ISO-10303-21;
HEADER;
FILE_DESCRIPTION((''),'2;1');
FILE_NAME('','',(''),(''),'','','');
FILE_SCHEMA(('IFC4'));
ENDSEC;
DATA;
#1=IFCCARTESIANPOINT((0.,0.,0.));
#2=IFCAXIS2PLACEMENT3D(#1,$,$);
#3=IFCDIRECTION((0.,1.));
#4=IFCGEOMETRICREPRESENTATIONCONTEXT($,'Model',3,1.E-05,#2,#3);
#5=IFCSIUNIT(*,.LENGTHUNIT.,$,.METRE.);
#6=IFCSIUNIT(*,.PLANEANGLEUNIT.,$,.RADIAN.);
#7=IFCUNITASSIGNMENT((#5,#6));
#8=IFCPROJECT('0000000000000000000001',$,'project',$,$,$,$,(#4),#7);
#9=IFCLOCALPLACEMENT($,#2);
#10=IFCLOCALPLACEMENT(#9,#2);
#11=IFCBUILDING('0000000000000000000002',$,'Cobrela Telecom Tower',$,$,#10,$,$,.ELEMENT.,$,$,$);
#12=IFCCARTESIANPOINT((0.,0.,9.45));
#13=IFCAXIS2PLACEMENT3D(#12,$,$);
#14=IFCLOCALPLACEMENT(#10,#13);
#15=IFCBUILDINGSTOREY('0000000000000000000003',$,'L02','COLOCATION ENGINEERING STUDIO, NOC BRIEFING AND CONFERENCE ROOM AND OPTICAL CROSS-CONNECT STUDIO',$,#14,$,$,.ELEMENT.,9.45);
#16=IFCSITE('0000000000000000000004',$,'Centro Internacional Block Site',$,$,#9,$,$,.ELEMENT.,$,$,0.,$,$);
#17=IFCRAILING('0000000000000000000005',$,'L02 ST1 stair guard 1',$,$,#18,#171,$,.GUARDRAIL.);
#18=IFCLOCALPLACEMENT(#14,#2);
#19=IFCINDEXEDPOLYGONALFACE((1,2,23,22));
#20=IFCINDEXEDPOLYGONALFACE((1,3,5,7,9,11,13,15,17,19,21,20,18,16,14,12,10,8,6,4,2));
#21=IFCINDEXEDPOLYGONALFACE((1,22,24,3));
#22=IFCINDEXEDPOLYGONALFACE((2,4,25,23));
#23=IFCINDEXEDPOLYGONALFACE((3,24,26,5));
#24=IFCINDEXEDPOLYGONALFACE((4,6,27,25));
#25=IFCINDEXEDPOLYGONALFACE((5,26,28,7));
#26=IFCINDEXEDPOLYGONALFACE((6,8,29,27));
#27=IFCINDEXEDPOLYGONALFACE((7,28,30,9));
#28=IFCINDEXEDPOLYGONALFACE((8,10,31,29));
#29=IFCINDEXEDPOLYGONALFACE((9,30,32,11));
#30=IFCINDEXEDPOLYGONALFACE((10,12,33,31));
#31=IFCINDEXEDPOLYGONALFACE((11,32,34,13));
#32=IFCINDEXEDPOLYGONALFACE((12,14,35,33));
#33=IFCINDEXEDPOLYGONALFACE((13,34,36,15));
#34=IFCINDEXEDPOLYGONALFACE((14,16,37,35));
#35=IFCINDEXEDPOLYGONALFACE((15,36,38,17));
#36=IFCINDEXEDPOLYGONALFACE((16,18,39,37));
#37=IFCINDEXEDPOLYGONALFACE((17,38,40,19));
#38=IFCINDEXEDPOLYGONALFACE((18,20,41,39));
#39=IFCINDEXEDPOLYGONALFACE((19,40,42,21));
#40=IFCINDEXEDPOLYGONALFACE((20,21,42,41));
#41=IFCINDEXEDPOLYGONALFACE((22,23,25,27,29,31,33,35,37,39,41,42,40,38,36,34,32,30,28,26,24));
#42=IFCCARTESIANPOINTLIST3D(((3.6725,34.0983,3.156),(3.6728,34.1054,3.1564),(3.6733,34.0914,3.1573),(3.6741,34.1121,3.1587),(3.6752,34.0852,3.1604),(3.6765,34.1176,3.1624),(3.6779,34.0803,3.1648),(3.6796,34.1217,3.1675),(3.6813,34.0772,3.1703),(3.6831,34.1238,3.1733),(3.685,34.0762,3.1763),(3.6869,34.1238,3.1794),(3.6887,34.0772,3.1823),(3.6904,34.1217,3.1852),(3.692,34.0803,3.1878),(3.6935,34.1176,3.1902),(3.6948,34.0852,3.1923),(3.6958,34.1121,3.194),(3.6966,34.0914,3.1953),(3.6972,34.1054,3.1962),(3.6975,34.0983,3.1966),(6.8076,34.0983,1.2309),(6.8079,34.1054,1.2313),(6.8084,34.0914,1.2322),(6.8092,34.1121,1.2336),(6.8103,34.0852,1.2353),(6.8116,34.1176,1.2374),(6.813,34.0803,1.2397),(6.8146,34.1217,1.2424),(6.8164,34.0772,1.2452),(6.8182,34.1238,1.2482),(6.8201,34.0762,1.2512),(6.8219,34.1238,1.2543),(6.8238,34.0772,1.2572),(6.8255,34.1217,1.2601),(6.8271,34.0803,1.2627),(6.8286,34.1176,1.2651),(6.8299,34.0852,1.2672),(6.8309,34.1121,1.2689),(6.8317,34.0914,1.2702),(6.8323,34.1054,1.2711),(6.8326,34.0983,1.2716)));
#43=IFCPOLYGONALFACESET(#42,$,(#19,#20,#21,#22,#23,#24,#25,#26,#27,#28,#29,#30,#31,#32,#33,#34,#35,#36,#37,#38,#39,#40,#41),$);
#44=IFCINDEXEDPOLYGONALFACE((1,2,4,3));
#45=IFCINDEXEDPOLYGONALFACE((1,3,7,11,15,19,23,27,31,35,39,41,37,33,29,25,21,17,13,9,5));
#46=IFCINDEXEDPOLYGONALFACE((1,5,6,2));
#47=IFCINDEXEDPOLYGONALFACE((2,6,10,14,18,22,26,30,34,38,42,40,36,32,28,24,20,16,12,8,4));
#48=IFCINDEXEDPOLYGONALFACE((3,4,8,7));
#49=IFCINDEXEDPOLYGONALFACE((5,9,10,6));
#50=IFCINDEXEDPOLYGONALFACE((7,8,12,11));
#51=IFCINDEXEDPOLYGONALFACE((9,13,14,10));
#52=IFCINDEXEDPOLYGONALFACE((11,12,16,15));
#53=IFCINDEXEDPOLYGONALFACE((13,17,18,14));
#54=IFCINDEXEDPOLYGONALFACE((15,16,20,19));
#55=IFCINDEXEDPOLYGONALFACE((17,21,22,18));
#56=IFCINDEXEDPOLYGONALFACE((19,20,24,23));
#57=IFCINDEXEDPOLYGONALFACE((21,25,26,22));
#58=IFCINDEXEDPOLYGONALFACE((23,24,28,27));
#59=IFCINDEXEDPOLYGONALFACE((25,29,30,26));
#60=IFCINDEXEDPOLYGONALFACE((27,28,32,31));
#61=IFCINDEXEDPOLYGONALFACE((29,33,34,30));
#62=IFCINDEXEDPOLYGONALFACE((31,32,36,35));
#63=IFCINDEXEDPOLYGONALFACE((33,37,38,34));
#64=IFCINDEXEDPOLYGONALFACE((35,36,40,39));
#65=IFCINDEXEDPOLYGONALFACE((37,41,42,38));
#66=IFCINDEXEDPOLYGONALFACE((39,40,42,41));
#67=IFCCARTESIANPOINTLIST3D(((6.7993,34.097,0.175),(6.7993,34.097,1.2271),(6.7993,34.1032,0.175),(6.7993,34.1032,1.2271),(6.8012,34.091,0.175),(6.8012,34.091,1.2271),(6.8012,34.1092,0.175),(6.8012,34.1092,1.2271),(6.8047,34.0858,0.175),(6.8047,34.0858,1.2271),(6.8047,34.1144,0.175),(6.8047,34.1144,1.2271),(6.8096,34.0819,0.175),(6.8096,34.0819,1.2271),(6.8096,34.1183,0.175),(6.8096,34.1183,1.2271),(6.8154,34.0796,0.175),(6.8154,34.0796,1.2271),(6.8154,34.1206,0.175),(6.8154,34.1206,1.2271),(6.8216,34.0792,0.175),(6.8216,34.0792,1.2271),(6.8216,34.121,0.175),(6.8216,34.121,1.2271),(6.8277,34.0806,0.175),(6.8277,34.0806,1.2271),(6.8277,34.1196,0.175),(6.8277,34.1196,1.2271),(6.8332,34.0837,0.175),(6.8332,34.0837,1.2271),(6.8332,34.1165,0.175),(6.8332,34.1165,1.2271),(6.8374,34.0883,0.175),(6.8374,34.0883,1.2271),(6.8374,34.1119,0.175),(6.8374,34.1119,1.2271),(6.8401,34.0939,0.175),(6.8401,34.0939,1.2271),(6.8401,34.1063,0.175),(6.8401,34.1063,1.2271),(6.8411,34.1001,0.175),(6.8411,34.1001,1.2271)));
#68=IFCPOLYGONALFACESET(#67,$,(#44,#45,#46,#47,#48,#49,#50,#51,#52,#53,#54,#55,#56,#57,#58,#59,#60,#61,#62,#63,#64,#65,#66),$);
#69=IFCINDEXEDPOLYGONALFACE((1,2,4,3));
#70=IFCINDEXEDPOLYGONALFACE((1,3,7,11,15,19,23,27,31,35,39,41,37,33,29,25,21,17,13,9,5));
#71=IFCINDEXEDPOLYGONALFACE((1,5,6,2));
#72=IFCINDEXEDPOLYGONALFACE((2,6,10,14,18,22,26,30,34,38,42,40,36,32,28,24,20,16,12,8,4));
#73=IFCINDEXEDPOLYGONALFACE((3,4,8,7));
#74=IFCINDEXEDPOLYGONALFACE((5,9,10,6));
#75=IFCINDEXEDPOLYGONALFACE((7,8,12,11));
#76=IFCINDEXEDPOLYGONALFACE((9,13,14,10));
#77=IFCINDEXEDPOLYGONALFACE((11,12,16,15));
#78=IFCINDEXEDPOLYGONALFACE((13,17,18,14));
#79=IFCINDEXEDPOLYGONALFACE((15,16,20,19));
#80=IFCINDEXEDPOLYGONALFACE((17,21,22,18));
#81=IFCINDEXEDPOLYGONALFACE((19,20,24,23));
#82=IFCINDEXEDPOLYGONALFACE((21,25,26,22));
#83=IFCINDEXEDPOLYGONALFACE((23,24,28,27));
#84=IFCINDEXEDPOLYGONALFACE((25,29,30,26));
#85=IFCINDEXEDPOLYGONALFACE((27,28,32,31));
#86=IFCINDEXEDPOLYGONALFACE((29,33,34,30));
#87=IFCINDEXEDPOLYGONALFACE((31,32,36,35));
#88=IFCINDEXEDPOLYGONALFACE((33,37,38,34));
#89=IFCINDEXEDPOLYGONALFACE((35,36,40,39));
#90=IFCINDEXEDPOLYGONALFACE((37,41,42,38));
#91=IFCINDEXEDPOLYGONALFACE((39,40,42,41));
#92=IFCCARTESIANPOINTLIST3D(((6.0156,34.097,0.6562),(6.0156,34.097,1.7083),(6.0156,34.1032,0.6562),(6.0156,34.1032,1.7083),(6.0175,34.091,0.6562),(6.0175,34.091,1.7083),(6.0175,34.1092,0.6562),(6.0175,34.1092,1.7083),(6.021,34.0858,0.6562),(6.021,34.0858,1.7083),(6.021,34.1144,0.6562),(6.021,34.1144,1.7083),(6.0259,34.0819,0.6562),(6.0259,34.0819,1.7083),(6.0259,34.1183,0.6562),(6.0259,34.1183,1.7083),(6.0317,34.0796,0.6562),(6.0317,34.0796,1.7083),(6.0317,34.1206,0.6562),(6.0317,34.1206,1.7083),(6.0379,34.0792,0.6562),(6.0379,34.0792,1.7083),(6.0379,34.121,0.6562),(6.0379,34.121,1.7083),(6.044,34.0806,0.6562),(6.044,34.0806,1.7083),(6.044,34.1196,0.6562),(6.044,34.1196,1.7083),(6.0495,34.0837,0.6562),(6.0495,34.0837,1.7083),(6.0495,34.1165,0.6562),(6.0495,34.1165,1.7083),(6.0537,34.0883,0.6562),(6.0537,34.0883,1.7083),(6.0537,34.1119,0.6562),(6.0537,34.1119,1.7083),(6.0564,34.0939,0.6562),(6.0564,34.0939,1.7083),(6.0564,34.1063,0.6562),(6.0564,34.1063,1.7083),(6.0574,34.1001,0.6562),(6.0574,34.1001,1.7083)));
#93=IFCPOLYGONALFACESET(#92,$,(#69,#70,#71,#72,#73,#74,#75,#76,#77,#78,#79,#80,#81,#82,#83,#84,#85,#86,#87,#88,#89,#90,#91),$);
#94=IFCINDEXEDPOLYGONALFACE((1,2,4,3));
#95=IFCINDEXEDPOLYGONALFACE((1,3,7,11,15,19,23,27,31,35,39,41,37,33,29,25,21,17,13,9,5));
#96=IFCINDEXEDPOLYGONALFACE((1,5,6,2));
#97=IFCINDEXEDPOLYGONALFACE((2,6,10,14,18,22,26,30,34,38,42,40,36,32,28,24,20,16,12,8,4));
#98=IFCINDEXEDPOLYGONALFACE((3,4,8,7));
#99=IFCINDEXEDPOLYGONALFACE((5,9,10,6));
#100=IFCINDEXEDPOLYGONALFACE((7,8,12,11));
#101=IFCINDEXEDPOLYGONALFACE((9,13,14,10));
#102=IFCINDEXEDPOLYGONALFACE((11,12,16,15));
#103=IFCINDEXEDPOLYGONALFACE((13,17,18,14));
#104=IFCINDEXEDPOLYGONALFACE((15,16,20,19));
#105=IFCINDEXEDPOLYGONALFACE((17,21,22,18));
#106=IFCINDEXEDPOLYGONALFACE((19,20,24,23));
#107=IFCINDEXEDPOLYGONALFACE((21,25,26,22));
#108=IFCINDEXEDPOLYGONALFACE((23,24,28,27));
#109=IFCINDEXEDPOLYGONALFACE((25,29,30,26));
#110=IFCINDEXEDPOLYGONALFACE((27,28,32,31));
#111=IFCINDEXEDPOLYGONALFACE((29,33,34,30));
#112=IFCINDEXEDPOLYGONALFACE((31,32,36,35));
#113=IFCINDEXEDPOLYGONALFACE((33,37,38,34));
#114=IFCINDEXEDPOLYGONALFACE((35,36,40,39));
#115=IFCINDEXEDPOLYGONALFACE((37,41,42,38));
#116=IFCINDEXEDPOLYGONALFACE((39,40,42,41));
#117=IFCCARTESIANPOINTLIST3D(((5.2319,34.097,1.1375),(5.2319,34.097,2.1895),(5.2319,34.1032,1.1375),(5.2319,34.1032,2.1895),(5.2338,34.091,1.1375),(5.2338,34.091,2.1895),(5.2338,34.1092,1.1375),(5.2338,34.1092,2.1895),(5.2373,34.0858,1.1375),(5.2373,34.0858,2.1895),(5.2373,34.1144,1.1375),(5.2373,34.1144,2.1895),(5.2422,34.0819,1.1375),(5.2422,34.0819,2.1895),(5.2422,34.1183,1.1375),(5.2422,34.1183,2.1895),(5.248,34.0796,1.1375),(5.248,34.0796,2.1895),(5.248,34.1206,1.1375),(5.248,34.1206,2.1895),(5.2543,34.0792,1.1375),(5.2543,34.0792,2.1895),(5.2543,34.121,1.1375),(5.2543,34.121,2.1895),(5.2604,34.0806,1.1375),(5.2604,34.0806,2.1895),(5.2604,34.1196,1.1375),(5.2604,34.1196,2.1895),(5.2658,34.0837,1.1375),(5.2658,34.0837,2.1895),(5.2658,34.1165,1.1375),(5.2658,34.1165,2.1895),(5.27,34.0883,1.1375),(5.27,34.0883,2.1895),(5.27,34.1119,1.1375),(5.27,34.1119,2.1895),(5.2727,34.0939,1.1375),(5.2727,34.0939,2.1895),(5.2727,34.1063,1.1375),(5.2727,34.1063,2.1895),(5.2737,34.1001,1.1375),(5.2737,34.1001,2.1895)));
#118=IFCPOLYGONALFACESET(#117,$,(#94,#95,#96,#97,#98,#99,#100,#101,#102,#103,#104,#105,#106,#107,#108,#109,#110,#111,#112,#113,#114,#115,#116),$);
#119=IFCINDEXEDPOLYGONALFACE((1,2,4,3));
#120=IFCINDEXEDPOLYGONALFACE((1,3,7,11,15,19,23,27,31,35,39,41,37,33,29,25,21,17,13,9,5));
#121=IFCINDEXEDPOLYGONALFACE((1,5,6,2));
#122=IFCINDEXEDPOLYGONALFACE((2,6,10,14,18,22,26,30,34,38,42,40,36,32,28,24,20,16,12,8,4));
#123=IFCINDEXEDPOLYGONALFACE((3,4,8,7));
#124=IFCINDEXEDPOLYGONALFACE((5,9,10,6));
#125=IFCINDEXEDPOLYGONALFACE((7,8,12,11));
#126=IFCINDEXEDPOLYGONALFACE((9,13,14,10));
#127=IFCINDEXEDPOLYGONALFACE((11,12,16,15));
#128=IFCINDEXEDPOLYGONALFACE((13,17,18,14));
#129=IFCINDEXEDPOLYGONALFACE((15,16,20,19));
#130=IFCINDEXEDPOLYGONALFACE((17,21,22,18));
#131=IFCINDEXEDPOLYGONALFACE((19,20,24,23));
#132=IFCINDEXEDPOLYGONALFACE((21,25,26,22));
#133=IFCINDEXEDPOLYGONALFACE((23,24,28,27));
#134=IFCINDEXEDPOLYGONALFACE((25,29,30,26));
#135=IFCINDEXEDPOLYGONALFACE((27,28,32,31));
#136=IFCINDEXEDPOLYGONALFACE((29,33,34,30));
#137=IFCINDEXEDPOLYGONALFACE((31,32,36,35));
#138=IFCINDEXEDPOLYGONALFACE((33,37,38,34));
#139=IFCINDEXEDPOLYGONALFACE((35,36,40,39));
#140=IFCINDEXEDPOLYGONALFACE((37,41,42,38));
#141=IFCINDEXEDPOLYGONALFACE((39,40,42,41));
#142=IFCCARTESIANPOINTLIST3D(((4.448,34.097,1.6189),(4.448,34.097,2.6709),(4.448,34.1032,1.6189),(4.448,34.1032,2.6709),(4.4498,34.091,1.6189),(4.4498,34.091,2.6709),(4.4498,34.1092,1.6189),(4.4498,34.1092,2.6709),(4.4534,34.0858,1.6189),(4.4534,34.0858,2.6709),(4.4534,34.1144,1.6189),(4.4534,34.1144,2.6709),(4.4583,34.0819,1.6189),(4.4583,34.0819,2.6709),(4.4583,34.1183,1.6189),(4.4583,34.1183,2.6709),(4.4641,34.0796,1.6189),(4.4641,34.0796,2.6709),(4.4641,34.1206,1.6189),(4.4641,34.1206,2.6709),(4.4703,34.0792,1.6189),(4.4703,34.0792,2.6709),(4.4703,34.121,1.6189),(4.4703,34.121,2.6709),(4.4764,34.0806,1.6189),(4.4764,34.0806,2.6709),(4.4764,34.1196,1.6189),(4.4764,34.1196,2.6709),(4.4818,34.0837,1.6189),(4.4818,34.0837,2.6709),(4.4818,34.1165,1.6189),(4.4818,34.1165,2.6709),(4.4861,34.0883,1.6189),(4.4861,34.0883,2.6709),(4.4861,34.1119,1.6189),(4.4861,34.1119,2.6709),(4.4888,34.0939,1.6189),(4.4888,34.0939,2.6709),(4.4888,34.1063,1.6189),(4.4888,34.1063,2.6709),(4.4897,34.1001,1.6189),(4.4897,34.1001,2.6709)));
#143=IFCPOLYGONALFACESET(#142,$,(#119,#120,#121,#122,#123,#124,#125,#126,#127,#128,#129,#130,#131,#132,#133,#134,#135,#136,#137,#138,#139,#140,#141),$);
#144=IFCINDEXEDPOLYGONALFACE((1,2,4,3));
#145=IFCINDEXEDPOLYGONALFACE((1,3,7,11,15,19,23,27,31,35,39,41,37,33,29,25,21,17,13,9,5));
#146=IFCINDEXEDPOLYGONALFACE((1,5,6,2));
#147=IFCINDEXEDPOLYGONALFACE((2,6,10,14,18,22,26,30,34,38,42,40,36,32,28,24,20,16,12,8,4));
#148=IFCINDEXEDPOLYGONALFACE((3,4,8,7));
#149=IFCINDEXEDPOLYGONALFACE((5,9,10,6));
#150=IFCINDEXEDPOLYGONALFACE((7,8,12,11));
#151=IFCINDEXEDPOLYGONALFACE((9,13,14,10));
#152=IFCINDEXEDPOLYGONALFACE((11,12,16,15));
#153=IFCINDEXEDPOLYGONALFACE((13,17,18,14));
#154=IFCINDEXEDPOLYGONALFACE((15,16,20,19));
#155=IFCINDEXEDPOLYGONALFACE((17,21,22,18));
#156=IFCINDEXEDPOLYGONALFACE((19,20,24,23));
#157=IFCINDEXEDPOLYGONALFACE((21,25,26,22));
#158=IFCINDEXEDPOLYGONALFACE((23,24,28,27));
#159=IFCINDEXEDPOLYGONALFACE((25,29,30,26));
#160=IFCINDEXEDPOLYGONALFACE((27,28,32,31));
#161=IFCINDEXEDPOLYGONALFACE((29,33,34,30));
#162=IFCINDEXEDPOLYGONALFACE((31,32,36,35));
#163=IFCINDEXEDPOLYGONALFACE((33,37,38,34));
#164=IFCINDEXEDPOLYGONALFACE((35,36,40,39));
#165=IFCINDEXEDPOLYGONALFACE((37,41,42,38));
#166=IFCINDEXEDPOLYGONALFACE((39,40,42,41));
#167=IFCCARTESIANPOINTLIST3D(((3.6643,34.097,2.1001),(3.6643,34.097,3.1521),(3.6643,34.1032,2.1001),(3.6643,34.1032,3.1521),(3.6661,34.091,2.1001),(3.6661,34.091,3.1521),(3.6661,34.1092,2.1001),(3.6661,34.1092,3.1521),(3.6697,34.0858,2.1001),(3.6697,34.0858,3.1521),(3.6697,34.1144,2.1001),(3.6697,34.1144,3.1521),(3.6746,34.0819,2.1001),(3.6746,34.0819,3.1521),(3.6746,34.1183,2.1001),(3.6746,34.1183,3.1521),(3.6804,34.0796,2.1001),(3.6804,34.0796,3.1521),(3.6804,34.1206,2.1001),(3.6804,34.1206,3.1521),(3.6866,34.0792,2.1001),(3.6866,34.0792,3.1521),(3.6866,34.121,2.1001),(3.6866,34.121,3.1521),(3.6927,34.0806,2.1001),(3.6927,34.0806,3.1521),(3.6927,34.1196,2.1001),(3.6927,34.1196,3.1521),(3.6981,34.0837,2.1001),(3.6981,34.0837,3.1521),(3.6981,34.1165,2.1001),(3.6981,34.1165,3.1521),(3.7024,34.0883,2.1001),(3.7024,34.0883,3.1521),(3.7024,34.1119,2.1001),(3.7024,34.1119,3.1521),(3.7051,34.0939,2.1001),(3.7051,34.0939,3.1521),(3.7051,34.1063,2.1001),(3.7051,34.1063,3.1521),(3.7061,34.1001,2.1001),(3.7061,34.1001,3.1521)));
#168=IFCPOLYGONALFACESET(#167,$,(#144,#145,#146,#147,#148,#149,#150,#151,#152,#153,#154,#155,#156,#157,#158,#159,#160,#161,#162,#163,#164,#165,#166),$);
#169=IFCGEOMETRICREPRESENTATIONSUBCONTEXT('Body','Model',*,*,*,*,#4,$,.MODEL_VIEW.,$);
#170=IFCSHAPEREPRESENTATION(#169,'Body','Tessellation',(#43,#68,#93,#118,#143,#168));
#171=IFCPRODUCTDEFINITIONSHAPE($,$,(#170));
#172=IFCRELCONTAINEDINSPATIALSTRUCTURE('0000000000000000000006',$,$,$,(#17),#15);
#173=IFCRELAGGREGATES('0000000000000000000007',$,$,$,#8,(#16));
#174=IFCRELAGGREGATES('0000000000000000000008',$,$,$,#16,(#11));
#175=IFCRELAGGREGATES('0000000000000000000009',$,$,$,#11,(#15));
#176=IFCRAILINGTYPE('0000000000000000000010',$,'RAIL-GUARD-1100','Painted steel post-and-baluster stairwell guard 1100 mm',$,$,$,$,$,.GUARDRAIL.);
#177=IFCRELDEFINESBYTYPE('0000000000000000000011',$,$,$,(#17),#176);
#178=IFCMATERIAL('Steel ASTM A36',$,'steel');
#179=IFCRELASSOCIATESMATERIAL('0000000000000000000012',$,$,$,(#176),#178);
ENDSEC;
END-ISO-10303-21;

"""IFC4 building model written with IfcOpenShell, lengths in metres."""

from ifc_helpers import new_model, si_unit, direction, frame, origin, origin_2d, place, context, subcontext, project, spatial, circle, extrude, material, type_object, element, save


model = new_model("IFC4")

# Units and contexts
model_context = context("Model", 3, precision=1e-05, world=origin(), true_north=direction((0.0, 1.0)))
body_context = subcontext(model_context, "Body", "Model", "MODEL_VIEW")
ifc_project = project(units=[si_unit("LENGTHUNIT", "METRE"), si_unit("PLANEANGLEUNIT", "RADIAN")], contexts=[model_context])

# Site, building, storey
site_placement = place(None, origin())
site = spatial("IfcSite", under=ifc_project, at=site_placement, Name="Centro Internacional Block Site", CompositionType="ELEMENT", RefElevation=0.0)
building_placement = place(site_placement, origin())
building = spatial("IfcBuilding", under=site, at=building_placement, Name="Cobrela Telecom Tower", CompositionType="ELEMENT")
storey_placement = place(building_placement, frame((0.0, 0.0, 9.45)))
storey = spatial("IfcBuildingStorey", under=building, at=storey_placement, Name="L02", Description="COLOCATION ENGINEERING STUDIO, NOC BRIEFING AND CONFERENCE ROOM AND OPTICAL CROSS-CONNECT STUDIO", CompositionType="ELEMENT", Elevation=9.45)

# Shared definitions
ifc_material_1 = material(Name="Steel ASTM A36", Category="steel")

# Railing
railing_type_1 = type_object("IfcRailingType", Name="RAIL-GUARD-1100", Description="Painted steel post-and-baluster stairwell guard 1100 mm", PredefinedType="GUARDRAIL", material=ifc_material_1)
railing_1_placement = place(storey_placement, frame((6.8201, 34.1001, 0.175)))
element("IfcRailing", 1, at=railing_1_placement, inside=storey, type_object=railing_type_1, Name="L02 ST1 stair guard 1", PredefinedType="GUARDRAIL", context=body_context, shape_type="SweptSolid", body=[
    extrude(circle(Radius=0.0239, at=origin_2d()), frame((0.0, 0.0, 1.0762), z_axis=(-0.852166, 0.0, 0.523271), x_axis=(0.0, -1.0, 0.0)), (0.0, 0.0, 1.0), 3.679),
    extrude(circle(Radius=0.021, at=origin_2d()), origin(), (0.0, 0.0, 1.0), 1.052),
    extrude(circle(Radius=0.021, at=origin_2d()), frame((-0.7837, 0.0, 0.4812)), (0.0, 0.0, 1.0), 1.052),
    extrude(circle(Radius=0.021, at=origin_2d()), frame((-1.5674, 0.0, 0.9624)), (0.0, 0.0, 1.0), 1.052),
    extrude(circle(Radius=0.021, at=origin_2d()), frame((-2.3513, 0.0, 1.4438)), (0.0, 0.0, 1.0), 1.052),
    extrude(circle(Radius=0.021, at=origin_2d()), frame((-3.135, 0.0, 1.925)), (0.0, 0.0, 1.0), 1.052),
])

save(model, "model.ifc")
